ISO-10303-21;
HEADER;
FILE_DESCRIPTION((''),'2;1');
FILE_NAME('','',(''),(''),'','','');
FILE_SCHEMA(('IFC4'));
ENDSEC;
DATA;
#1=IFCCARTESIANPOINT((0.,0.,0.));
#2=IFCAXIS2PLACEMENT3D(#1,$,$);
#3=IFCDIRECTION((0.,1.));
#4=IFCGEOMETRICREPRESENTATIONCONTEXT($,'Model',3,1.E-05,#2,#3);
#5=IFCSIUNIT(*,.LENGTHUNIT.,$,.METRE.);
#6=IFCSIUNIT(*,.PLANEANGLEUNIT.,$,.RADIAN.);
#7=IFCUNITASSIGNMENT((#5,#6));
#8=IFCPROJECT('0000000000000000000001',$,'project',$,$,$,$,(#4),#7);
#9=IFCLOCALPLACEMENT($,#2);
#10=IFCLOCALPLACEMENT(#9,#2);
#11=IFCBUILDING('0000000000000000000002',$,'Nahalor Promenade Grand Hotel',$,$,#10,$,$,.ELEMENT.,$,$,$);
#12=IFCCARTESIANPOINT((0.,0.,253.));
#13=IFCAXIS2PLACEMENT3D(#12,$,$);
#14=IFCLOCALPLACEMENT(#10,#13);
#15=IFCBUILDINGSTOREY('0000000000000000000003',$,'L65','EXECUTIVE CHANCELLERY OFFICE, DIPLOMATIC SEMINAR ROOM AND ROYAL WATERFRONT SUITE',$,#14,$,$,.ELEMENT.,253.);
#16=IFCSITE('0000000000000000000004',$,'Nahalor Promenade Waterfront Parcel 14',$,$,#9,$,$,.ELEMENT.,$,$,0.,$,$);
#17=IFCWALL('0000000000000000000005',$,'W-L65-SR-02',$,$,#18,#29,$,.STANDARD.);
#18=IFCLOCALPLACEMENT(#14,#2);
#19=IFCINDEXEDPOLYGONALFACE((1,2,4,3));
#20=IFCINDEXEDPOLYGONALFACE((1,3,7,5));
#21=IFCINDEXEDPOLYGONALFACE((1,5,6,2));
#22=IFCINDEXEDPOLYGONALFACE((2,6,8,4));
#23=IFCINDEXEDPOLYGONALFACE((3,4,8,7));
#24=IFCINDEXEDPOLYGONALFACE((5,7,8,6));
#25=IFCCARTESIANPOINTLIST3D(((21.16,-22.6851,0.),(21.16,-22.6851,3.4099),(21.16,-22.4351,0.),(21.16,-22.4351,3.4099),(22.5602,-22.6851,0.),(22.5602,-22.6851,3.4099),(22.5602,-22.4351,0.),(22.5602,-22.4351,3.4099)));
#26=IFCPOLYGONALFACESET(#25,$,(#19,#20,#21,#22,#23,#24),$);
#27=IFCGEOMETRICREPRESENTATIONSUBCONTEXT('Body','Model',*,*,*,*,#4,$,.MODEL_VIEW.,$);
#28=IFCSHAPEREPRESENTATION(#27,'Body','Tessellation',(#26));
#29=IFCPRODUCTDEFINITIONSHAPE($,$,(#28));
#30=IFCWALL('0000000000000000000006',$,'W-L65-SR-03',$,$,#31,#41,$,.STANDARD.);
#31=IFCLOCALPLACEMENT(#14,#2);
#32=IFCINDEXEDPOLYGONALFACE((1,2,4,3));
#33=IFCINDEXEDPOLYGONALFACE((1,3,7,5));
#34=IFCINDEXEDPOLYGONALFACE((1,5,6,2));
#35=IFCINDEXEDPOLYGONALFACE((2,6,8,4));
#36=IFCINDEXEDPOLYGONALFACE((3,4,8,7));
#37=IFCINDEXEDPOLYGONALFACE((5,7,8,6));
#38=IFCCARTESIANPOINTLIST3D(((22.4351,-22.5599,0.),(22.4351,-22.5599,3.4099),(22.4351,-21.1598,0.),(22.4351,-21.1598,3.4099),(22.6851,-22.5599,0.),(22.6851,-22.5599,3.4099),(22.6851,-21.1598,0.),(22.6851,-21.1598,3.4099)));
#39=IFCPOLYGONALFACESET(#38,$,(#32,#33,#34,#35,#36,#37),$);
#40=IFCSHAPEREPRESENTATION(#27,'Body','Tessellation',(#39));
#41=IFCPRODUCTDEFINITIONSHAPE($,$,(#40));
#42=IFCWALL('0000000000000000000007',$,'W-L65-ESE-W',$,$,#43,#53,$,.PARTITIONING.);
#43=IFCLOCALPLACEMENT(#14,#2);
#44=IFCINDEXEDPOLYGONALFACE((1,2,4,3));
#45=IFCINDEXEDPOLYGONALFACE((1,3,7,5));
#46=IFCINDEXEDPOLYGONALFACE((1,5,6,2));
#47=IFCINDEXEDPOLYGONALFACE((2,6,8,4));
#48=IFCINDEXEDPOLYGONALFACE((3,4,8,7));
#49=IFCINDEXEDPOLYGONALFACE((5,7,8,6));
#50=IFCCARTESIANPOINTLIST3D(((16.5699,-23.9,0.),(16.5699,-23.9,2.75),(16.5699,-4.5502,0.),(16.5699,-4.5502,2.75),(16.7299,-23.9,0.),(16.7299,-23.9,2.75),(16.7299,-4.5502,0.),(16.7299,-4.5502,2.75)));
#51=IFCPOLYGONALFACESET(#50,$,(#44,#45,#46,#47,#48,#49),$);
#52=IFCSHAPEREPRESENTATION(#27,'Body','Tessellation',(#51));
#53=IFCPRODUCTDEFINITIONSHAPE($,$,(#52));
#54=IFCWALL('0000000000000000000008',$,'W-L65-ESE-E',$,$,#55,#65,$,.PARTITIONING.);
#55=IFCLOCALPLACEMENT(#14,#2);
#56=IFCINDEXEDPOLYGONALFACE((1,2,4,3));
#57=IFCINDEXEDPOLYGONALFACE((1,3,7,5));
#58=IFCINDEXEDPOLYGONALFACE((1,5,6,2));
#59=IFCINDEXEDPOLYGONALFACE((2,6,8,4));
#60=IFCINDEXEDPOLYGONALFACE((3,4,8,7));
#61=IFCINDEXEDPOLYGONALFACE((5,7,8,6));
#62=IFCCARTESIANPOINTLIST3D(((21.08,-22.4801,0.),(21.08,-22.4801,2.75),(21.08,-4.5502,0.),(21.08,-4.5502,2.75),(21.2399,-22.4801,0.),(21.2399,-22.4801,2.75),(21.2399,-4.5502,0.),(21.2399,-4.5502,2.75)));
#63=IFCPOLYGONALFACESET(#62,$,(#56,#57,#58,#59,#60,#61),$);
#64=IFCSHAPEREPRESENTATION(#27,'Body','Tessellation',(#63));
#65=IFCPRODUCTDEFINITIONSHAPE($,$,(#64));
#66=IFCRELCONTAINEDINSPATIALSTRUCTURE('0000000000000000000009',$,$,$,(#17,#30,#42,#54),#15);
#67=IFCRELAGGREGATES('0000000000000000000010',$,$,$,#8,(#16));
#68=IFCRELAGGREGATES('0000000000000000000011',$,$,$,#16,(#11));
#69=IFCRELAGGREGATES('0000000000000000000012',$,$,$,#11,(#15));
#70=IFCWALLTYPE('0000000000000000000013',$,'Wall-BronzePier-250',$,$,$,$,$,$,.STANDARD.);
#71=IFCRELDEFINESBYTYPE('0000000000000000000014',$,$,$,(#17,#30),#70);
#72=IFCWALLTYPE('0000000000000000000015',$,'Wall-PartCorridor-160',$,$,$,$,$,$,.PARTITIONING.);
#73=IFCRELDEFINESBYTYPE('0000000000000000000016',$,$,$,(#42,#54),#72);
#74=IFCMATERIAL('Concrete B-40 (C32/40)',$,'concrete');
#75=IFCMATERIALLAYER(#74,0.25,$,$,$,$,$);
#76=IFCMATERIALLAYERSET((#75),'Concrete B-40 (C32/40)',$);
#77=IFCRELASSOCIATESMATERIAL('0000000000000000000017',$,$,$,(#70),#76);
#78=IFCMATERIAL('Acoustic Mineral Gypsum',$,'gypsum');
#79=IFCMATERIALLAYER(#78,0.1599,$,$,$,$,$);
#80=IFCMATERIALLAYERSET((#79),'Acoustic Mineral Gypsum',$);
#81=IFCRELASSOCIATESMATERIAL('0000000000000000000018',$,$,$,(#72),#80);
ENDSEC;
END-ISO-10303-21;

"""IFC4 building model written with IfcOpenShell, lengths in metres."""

from ifc_helpers import new_model, si_unit, direction, frame, frame_2d, origin, place, context, subcontext, project, spatial, rectangle, extrude, source, transform, mapped, material, layer, layer_set, type_object, element, save


model = new_model("IFC4")

# Units and contexts
model_context = context("Model", 3, precision=1e-05, world=origin(), true_north=direction((0.0, 1.0)))
body_context = subcontext(model_context, "Body", "Model", "MODEL_VIEW")
ifc_project = project(units=[si_unit("LENGTHUNIT", "METRE"), si_unit("PLANEANGLEUNIT", "RADIAN")], contexts=[model_context])

# Site, building, storey
site_placement = place(None, origin())
site = spatial("IfcSite", under=ifc_project, at=site_placement, Name="Nahalor Promenade Waterfront Parcel 14", CompositionType="ELEMENT", RefElevation=0.0)
building_placement = place(site_placement, origin())
building = spatial("IfcBuilding", under=site, at=building_placement, Name="Nahalor Promenade Grand Hotel", CompositionType="ELEMENT")
storey_placement = place(building_placement, frame((0.0, 0.0, 253.0)))
storey = spatial("IfcBuildingStorey", under=building, at=storey_placement, Name="L65", Description="EXECUTIVE CHANCELLERY OFFICE, DIPLOMATIC SEMINAR ROOM AND ROYAL WATERFRONT SUITE", CompositionType="ELEMENT", Elevation=253.0)

# Walls
ifc_material_1 = material(Name="Concrete B-40 (C32/40)", Category="concrete")
ifc_layer_1 = layer(ifc_material_1, 0.25)
ifc_layer_set_1 = layer_set([ifc_layer_1], Name="Concrete B-40 (C32/40)")
wall_type_1 = type_object("IfcWallType", Name="Wall-BronzePier-250", PredefinedType="STANDARD", material=ifc_layer_set_1)
shared_shape_1 = source(origin(), body_context, "Body", "SweptSolid", [
    extrude(rectangle(XDim=1.4001, YDim=0.25, at=frame_2d((0.7002, 0.0))), origin(), (0.0, 0.0, 1.0), 3.4099),
])
for number, where, z_axis, x_axis, name in (
    (1, (21.1599, -22.5601, 0.0), (0.0, 0.0, 1.0), (1.0, 0.0, 0.0), "W-L65-SR-02"),
    (2, (22.5601, -22.5601, 0.0), (0.0, 0.0, 1.0), (0.0, 1.0, 0.0), "W-L65-SR-03"),
):
    element("IfcWall", number, at=place(storey_placement, frame(where, z_axis=z_axis, x_axis=x_axis)), inside=storey, type_object=wall_type_1, Name=name, PredefinedType="STANDARD", context=body_context, shape_type="MappedRepresentation", body=[
        mapped(shared_shape_1, transform((0.0, 0.0, 0.0), scale=1.0)),
    ])
ifc_material_2 = material(Name="Acoustic Mineral Gypsum", Category="gypsum")
ifc_layer_2 = layer(ifc_material_2, 0.1599)
ifc_layer_set_2 = layer_set([ifc_layer_2], Name="Acoustic Mineral Gypsum")
wall_type_2 = type_object("IfcWallType", Name="Wall-PartCorridor-160", PredefinedType="PARTITIONING", material=ifc_layer_set_2)
shared_shape_2 = source(origin(), body_context, "Body", "SweptSolid", [
    extrude(rectangle(XDim=19.3499, YDim=0.1599, at=frame_2d((9.6748, 0.0))), origin(), (0.0, 0.0, 1.0), 2.75),
])
wall_1_placement = place(storey_placement, frame((16.6499, -23.8999, 0.0), z_axis=(0.0, 0.0, 1.0), x_axis=(0.0, 1.0, 0.0)))
element("IfcWall", 3, at=wall_1_placement, inside=storey, type_object=wall_type_2, Name="W-L65-ESE-W", PredefinedType="PARTITIONING", context=body_context, shape_type="MappedRepresentation", body=[
    mapped(shared_shape_2, transform((0.0, 0.0, 0.0), scale=1.0)),
])
shared_shape_3 = source(origin(), body_context, "Body", "SweptSolid", [
    extrude(rectangle(XDim=17.9299, YDim=0.1599, at=frame_2d((8.9648, 0.0))), origin(), (0.0, 0.0, 1.0), 2.75),
])
wall_2_placement = place(storey_placement, frame((21.1599, -22.48, 0.0), z_axis=(0.0, 0.0, 1.0), x_axis=(0.0, 1.0, 0.0)))
element("IfcWall", 4, at=wall_2_placement, inside=storey, type_object=wall_type_2, Name="W-L65-ESE-E", PredefinedType="PARTITIONING", context=body_context, shape_type="MappedRepresentation", body=[
    mapped(shared_shape_3, transform((0.0, 0.0, 0.0), scale=1.0)),
])

save(model, "model.ifc")
